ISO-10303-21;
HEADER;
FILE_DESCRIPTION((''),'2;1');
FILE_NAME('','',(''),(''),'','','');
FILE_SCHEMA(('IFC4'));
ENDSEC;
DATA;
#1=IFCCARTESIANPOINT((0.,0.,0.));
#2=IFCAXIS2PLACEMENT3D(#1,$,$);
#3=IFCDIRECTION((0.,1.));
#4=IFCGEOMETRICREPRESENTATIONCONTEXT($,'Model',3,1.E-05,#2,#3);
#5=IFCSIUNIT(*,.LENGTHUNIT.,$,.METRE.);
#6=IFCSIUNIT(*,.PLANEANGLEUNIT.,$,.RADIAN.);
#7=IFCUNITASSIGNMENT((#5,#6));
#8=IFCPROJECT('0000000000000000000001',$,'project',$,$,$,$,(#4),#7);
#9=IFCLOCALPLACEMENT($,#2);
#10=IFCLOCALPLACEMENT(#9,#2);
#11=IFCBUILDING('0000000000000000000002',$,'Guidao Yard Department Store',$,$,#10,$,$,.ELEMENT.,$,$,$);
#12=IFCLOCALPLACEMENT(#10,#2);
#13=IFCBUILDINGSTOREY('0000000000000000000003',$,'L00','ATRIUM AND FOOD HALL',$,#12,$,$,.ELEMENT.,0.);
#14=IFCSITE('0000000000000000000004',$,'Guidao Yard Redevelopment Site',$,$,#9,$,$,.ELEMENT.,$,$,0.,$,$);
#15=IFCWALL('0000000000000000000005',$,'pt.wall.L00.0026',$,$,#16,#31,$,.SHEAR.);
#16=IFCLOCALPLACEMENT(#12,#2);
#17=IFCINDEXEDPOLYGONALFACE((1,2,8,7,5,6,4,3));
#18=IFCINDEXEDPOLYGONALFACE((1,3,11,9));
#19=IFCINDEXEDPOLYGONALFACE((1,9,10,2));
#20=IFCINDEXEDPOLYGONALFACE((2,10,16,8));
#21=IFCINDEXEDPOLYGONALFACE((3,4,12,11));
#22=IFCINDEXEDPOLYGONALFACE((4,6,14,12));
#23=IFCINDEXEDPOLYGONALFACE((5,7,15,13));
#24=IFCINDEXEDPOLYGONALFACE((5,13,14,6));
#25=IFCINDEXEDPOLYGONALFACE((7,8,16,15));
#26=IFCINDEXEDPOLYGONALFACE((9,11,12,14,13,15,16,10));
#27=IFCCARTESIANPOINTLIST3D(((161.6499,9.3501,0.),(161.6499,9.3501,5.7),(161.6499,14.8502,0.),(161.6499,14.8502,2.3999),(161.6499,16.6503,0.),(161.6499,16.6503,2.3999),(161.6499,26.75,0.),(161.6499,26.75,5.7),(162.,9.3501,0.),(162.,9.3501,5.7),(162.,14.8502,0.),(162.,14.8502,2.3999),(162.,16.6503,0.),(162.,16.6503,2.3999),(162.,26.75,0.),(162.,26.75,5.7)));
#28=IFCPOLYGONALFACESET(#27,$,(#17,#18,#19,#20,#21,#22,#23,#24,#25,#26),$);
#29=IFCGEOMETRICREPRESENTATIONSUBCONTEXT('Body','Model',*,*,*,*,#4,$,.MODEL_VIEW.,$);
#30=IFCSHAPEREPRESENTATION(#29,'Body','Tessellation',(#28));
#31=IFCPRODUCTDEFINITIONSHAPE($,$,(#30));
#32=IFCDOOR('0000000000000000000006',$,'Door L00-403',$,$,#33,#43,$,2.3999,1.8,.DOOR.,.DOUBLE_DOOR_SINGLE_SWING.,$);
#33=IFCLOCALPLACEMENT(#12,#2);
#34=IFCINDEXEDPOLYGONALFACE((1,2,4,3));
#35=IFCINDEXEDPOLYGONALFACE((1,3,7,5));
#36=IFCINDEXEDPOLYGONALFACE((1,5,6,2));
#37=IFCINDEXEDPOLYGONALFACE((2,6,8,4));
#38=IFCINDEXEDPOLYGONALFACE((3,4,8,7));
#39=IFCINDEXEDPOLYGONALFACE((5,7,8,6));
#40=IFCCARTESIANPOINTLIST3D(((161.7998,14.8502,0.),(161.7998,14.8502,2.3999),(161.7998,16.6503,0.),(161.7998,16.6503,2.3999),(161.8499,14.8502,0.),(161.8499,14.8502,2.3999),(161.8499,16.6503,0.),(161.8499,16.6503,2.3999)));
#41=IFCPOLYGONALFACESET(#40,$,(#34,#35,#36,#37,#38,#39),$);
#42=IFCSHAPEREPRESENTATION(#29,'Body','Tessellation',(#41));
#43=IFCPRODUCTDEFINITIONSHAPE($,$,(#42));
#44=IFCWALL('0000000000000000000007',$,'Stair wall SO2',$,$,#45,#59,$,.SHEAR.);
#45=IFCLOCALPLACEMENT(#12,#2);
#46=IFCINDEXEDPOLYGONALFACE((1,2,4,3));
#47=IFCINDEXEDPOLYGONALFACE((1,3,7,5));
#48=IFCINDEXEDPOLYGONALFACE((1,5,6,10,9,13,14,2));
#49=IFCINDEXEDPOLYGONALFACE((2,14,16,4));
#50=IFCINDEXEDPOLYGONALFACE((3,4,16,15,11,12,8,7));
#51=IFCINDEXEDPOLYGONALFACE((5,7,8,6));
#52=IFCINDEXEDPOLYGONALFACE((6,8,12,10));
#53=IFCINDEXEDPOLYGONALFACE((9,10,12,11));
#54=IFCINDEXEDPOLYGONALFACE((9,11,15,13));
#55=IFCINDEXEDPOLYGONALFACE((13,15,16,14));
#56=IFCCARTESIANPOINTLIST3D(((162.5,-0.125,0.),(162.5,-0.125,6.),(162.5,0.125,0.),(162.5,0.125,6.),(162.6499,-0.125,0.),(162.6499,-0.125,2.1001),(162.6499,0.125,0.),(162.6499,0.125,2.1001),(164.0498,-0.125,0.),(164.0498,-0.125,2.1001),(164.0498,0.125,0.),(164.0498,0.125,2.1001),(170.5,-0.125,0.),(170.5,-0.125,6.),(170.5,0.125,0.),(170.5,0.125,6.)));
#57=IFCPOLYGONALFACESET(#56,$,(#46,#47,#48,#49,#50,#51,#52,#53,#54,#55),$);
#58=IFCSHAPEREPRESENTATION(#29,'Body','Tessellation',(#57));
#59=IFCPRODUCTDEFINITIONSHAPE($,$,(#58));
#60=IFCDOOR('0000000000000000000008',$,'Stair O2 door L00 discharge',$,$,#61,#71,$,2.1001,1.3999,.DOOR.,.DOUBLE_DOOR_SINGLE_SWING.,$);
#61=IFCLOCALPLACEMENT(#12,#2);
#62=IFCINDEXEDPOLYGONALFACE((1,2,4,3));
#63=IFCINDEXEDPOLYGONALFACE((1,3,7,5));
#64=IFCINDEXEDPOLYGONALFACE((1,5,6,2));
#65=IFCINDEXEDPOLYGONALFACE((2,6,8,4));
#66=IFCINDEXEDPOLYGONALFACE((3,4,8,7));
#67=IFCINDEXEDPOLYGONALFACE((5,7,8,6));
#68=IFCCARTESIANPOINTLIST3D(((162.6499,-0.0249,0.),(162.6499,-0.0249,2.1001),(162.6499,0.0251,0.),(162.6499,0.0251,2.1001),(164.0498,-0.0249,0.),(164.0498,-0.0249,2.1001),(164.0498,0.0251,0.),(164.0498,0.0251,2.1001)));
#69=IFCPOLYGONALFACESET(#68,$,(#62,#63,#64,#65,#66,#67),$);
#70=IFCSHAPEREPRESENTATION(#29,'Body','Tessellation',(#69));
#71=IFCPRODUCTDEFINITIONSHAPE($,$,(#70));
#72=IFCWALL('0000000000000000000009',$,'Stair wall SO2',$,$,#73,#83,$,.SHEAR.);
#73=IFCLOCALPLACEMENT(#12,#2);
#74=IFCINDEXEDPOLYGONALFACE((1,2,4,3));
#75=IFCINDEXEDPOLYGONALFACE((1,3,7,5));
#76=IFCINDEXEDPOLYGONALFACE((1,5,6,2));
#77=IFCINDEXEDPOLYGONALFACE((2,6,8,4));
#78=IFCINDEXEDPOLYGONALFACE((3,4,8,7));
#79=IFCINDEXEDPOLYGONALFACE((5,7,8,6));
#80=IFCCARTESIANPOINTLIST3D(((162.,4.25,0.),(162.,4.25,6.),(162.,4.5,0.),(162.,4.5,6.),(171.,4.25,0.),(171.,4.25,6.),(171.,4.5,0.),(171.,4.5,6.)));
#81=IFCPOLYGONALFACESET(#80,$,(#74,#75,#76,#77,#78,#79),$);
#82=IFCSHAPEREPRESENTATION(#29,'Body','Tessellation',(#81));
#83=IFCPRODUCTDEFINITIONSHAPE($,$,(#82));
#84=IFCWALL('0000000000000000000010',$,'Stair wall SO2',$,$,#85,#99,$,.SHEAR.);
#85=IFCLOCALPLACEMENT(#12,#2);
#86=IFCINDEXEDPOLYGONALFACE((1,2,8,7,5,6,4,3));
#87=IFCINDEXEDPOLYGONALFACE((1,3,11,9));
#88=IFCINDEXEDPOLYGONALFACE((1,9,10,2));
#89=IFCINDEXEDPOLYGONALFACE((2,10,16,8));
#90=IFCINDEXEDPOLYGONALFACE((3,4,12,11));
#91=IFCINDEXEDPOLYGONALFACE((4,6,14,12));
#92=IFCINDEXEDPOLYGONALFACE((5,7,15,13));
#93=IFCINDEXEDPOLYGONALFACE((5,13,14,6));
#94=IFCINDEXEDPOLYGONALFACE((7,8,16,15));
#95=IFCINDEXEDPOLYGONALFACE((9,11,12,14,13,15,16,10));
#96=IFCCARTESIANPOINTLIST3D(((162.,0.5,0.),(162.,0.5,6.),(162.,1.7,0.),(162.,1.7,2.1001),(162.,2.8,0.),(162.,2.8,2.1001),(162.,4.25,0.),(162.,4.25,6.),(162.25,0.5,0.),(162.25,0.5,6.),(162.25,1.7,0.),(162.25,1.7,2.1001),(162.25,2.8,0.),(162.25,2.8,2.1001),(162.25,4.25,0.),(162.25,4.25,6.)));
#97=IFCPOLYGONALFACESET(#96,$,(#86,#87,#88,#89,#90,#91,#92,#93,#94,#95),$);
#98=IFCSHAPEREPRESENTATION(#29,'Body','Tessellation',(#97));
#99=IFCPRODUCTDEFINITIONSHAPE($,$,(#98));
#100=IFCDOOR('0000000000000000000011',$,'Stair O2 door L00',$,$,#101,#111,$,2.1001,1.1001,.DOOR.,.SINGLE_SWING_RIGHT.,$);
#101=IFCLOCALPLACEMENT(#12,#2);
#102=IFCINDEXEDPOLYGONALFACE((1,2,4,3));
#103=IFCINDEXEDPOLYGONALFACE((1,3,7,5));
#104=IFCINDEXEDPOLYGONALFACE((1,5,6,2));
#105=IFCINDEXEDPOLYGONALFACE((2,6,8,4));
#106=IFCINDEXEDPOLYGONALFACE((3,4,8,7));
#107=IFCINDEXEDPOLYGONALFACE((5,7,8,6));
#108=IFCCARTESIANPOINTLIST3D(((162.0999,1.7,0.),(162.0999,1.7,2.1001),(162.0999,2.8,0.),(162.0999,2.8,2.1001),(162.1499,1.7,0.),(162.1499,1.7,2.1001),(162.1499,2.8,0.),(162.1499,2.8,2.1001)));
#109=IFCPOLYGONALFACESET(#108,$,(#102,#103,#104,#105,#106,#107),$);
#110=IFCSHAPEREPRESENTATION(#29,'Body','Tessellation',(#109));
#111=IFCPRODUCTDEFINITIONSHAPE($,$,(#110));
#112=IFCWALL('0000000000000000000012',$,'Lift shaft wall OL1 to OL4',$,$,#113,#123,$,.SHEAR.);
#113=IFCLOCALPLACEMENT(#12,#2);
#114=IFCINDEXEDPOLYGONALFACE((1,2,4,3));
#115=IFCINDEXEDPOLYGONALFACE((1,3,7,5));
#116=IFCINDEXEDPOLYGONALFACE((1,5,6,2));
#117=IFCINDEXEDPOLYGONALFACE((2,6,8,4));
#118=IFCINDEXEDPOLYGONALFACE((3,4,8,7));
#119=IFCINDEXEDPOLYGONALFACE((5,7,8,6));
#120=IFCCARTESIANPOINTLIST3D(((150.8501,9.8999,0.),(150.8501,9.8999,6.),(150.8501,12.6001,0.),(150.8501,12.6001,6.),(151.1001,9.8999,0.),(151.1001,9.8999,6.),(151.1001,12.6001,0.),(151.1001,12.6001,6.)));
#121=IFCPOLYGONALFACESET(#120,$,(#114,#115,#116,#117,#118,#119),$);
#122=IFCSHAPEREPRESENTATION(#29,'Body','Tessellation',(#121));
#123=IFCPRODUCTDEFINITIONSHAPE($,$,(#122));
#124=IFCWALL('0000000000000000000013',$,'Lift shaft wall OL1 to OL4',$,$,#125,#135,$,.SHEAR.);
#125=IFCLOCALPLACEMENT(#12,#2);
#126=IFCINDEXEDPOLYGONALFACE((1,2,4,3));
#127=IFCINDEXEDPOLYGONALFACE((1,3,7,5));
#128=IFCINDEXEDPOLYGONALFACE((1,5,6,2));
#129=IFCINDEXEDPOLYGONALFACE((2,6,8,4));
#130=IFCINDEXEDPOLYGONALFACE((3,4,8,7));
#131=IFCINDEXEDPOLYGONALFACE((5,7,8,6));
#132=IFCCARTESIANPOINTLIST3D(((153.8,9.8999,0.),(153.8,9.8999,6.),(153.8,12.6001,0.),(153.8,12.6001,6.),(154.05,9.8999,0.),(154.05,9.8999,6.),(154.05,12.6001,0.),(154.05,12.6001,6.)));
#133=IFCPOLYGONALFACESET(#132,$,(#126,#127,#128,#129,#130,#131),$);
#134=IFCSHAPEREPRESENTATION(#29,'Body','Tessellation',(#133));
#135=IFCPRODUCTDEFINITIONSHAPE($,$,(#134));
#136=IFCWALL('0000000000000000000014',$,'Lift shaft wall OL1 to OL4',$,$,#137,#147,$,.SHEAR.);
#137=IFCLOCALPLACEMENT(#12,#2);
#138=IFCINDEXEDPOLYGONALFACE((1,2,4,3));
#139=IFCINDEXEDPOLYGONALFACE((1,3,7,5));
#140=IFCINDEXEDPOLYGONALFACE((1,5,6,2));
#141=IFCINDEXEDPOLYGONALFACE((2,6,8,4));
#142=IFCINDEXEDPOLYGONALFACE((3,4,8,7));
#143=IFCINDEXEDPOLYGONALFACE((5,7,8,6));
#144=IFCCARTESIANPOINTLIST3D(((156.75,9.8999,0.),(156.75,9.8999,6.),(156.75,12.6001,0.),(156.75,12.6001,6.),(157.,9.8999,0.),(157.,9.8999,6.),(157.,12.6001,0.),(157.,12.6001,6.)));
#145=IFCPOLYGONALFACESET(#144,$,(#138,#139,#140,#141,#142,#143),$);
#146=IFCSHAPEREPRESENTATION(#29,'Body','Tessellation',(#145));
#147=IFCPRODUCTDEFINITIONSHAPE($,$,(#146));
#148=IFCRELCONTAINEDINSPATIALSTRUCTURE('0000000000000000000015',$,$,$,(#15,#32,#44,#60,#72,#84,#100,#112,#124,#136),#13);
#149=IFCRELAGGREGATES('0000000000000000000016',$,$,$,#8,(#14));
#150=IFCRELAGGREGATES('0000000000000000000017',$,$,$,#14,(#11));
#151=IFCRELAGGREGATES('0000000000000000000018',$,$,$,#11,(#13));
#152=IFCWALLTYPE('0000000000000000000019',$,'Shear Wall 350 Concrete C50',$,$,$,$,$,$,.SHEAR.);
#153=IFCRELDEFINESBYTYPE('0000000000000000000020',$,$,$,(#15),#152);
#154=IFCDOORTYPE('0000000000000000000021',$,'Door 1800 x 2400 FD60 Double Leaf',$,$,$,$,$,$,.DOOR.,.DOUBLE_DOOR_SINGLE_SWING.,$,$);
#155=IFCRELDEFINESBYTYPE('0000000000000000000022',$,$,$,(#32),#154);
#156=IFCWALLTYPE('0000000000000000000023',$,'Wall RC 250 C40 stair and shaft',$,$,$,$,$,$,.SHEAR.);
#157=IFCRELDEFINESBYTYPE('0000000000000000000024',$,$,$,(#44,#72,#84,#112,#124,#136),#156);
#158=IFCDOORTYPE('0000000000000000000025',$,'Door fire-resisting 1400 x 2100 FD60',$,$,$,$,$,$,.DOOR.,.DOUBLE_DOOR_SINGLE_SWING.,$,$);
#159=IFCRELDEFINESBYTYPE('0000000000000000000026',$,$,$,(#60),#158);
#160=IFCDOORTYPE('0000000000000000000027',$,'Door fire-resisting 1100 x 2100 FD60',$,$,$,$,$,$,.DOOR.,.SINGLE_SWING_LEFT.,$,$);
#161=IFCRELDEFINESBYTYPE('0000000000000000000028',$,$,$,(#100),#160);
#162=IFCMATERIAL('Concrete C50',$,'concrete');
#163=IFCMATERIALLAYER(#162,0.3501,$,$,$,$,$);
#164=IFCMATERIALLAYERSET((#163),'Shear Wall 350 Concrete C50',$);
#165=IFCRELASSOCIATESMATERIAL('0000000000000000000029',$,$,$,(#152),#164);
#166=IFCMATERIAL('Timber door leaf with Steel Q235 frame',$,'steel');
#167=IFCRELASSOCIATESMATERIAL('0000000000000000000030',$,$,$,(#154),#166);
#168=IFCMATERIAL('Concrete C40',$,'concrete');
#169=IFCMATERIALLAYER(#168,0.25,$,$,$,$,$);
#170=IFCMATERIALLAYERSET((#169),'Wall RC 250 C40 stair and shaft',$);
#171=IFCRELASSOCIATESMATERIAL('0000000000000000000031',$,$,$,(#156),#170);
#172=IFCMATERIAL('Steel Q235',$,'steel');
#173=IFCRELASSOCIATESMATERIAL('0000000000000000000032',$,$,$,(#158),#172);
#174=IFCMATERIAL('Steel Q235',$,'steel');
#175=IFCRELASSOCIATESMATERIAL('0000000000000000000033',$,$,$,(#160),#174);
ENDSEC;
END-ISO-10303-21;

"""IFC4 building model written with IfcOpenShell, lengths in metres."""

from ifc_helpers import new_model, si_unit, direction, frame, frame_2d, origin, place, context, subcontext, project, spatial, rectangle, extrude, material, layer, layer_set, type_object, element, fill, save


model = new_model("IFC4")

# Units and contexts
model_context = context("Model", 3, precision=1e-05, world=origin(), true_north=direction((0.0, 1.0)))
body_context = subcontext(model_context, "Body", "Model", "MODEL_VIEW")
ifc_project = project(units=[si_unit("LENGTHUNIT", "METRE"), si_unit("PLANEANGLEUNIT", "RADIAN")], contexts=[model_context])

# Site, building, storey
site_placement = place(None, origin())
site = spatial("IfcSite", under=ifc_project, at=site_placement, Name="Guidao Yard Redevelopment Site", CompositionType="ELEMENT", RefElevation=0.0)
building_placement = place(site_placement, origin())
building = spatial("IfcBuilding", under=site, at=building_placement, Name="Guidao Yard Department Store", CompositionType="ELEMENT")
storey_placement = place(building_placement, origin())
storey = spatial("IfcBuildingStorey", under=building, at=storey_placement, Name="L00", Description="ATRIUM AND FOOD HALL", CompositionType="ELEMENT", Elevation=0.0)

# Walls, openings, doors
ifc_material_1 = material(Name="Concrete C50", Category="concrete")
ifc_layer_1 = layer(ifc_material_1, 0.3501)
ifc_layer_set_1 = layer_set([ifc_layer_1], Name="Shear Wall 350 Concrete C50")
wall_type_1 = type_object("IfcWallType", Name="Shear Wall 350 Concrete C50", PredefinedType="SHEAR", material=ifc_layer_set_1)
wall_1_placement = place(storey_placement, frame((161.825, 9.3501, 0.0), z_axis=(0.0, 0.0, 1.0), x_axis=(0.0, 1.0, 0.0)))
wall_1 = element("IfcWall", 1, at=wall_1_placement, inside=storey, type_object=wall_type_1, Name="pt.wall.L00.0026", PredefinedType="SHEAR", context=body_context, shape_type="SweptSolid", body=[
    extrude(rectangle(XDim=17.3999, YDim=0.3501, at=frame_2d((8.7, 0.0))), origin(), (0.0, 0.0, 1.0), 5.7),
])
opening_1_placement = place(wall_1_placement, frame((7.3, 0.0, 0.0), z_axis=(0.0, 0.0, 1.0), x_axis=(-1.0, 0.0, 0.0)))
opening_1 = element("IfcOpeningElement", 2, at=opening_1_placement, cuts=wall_1, PredefinedType="OPENING", context=body_context, shape_type="SweptSolid", body=[
    extrude(rectangle(XDim=1.8, YDim=2.3999, at=frame_2d((0.8999, 1.2))), frame((0.0, 0.1851, 0.0), z_axis=(0.0, -1.0, 0.0), x_axis=(1.0, 0.0, 0.0)), (0.0, 0.0, 1.0), 0.3701),
])
ifc_material_2 = material(Name="Timber door leaf with Steel Q235 frame", Category="steel")
door_type_1 = type_object("IfcDoorType", Name="Door 1800 x 2400 FD60 Double Leaf", OperationType="DOUBLE_DOOR_SINGLE_SWING", PredefinedType="DOOR", material=ifc_material_2)
door_1_placement = place(opening_1_placement, origin())
door_1 = element("IfcDoor", 3, at=door_1_placement, inside=storey, type_object=door_type_1, Name="Door L00-403", OperationType="DOUBLE_DOOR_SINGLE_SWING", OverallHeight=2.3999, OverallWidth=1.8, PredefinedType="DOOR", context=body_context, shape_type="SweptSolid", body=[
    extrude(rectangle(XDim=1.8, YDim=2.3999, at=frame_2d((0.8999, 1.2))), frame((0.0, 0.0249, 0.0), z_axis=(0.0, -1.0, 0.0), x_axis=(1.0, 0.0, 0.0)), (0.0, 0.0, 1.0), 0.05),
])
fill(opening_1, door_1)
ifc_material_3 = material(Name="Concrete C40", Category="concrete")
ifc_layer_2 = layer(ifc_material_3, 0.25)
ifc_layer_set_2 = layer_set([ifc_layer_2], Name="Wall RC 250 C40 stair and shaft")
wall_type_2 = type_object("IfcWallType", Name="Wall RC 250 C40 stair and shaft", PredefinedType="SHEAR", material=ifc_layer_set_2)
wall_2_placement = place(storey_placement, frame((162.5, 0.0, 0.0), z_axis=(0.0, 0.0, 1.0), x_axis=(1.0, 0.0, 0.0)))
wall_2 = element("IfcWall", 4, at=wall_2_placement, inside=storey, type_object=wall_type_2, Name="Stair wall SO2", PredefinedType="SHEAR", context=body_context, shape_type="SweptSolid", body=[
    extrude(rectangle(XDim=8.0, YDim=0.25, at=frame_2d((4.0, 0.0))), origin(), (0.0, 0.0, 1.0), 6.0),
])
opening_2_placement = place(wall_2_placement, frame((1.5498, 0.0, 0.0), z_axis=(0.0, 0.0, 1.0), x_axis=(-1.0, 0.0, 0.0)))
opening_2 = element("IfcOpeningElement", 5, at=opening_2_placement, cuts=wall_2, PredefinedType="OPENING", context=body_context, shape_type="SweptSolid", body=[
    extrude(rectangle(XDim=1.3999, YDim=2.1001, at=frame_2d((0.7, 1.05))), frame((0.0, 0.135, 0.0), z_axis=(0.0, -1.0, 0.0), x_axis=(1.0, 0.0, 0.0)), (0.0, 0.0, 1.0), 0.27),
])
ifc_material_4 = material(Name="Steel Q235", Category="steel")
door_type_2 = type_object("IfcDoorType", Name="Door fire-resisting 1400 x 2100 FD60", OperationType="DOUBLE_DOOR_SINGLE_SWING", PredefinedType="DOOR", material=ifc_material_4)
door_2_placement = place(opening_2_placement, origin())
door_2 = element("IfcDoor", 6, at=door_2_placement, inside=storey, type_object=door_type_2, Name="Stair O2 door L00 discharge", OperationType="DOUBLE_DOOR_SINGLE_SWING", OverallHeight=2.1001, OverallWidth=1.3999, PredefinedType="DOOR", context=body_context, shape_type="SweptSolid", body=[
    extrude(rectangle(XDim=1.3999, YDim=2.1001, at=frame_2d((0.7, 1.05))), frame((0.0, 0.0249, 0.0), z_axis=(0.0, -1.0, 0.0), x_axis=(1.0, 0.0, 0.0)), (0.0, 0.0, 1.0), 0.05),
])
fill(opening_2, door_2)

# Wall
wall_3_placement = place(storey_placement, frame((162.0, 4.375, 0.0), z_axis=(0.0, 0.0, 1.0), x_axis=(1.0, 0.0, 0.0)))
element("IfcWall", 7, at=wall_3_placement, inside=storey, type_object=wall_type_2, Name="Stair wall SO2", PredefinedType="SHEAR", context=body_context, shape_type="SweptSolid", body=[
    extrude(rectangle(XDim=9.0, YDim=0.25, at=frame_2d((4.5, 0.0))), origin(), (0.0, 0.0, 1.0), 6.0),
])

# Wall, opening, door
wall_4_placement = place(storey_placement, frame((162.125, 0.5, 0.0), z_axis=(0.0, 0.0, 1.0), x_axis=(0.0, 1.0, 0.0)))
wall_4 = element("IfcWall", 8, at=wall_4_placement, inside=storey, type_object=wall_type_2, Name="Stair wall SO2", PredefinedType="SHEAR", context=body_context, shape_type="SweptSolid", body=[
    extrude(rectangle(XDim=3.75, YDim=0.25, at=frame_2d((1.875, 0.0))), origin(), (0.0, 0.0, 1.0), 6.0),
])
opening_3_placement = place(wall_4_placement, frame((2.3, 0.0, 0.0), z_axis=(0.0, 0.0, 1.0), x_axis=(-1.0, 0.0, 0.0)))
opening_3 = element("IfcOpeningElement", 9, at=opening_3_placement, cuts=wall_4, PredefinedType="OPENING", context=body_context, shape_type="SweptSolid", body=[
    extrude(rectangle(XDim=1.1001, YDim=2.1001, at=frame_2d((0.55, 1.05))), frame((0.0, 0.135, 0.0), z_axis=(0.0, -1.0, 0.0), x_axis=(1.0, 0.0, 0.0)), (0.0, 0.0, 1.0), 0.27),
])
ifc_material_5 = material(Name="Steel Q235", Category="steel")
door_type_3 = type_object("IfcDoorType", Name="Door fire-resisting 1100 x 2100 FD60", OperationType="SINGLE_SWING_LEFT", PredefinedType="DOOR", material=ifc_material_5)
door_3_placement = place(opening_3_placement, origin())
door_3 = element("IfcDoor", 10, at=door_3_placement, inside=storey, type_object=door_type_3, Name="Stair O2 door L00", OperationType="SINGLE_SWING_RIGHT", OverallHeight=2.1001, OverallWidth=1.1001, PredefinedType="DOOR", context=body_context, shape_type="SweptSolid", body=[
    extrude(rectangle(XDim=1.1001, YDim=2.1001, at=frame_2d((0.55, 1.05))), frame((0.0, 0.0249, 0.0), z_axis=(0.0, -1.0, 0.0), x_axis=(1.0, 0.0, 0.0)), (0.0, 0.0, 1.0), 0.05),
])
fill(opening_3, door_3)

# Walls
for number, where, z_axis, x_axis, name in (
    (11, (150.9751, 9.8999, 0.0), (0.0, 0.0, 1.0), (0.0, 1.0, 0.0), "Lift shaft wall OL1 to OL4"),
    (12, (153.925, 9.8999, 0.0), (0.0, 0.0, 1.0), (0.0, 1.0, 0.0), "Lift shaft wall OL1 to OL4"),
    (13, (156.875, 9.8999, 0.0), (0.0, 0.0, 1.0), (0.0, 1.0, 0.0), "Lift shaft wall OL1 to OL4"),
):
    element("IfcWall", number, at=place(storey_placement, frame(where, z_axis=z_axis, x_axis=x_axis)), inside=storey, type_object=wall_type_2, Name=name, PredefinedType="SHEAR", context=body_context, shape_type="SweptSolid", body=[
        extrude(rectangle(XDim=2.7002, YDim=0.25, at=frame_2d((1.3501, 0.0))), origin(), (0.0, 0.0, 1.0), 6.0),
    ])

save(model, "model.ifc")
